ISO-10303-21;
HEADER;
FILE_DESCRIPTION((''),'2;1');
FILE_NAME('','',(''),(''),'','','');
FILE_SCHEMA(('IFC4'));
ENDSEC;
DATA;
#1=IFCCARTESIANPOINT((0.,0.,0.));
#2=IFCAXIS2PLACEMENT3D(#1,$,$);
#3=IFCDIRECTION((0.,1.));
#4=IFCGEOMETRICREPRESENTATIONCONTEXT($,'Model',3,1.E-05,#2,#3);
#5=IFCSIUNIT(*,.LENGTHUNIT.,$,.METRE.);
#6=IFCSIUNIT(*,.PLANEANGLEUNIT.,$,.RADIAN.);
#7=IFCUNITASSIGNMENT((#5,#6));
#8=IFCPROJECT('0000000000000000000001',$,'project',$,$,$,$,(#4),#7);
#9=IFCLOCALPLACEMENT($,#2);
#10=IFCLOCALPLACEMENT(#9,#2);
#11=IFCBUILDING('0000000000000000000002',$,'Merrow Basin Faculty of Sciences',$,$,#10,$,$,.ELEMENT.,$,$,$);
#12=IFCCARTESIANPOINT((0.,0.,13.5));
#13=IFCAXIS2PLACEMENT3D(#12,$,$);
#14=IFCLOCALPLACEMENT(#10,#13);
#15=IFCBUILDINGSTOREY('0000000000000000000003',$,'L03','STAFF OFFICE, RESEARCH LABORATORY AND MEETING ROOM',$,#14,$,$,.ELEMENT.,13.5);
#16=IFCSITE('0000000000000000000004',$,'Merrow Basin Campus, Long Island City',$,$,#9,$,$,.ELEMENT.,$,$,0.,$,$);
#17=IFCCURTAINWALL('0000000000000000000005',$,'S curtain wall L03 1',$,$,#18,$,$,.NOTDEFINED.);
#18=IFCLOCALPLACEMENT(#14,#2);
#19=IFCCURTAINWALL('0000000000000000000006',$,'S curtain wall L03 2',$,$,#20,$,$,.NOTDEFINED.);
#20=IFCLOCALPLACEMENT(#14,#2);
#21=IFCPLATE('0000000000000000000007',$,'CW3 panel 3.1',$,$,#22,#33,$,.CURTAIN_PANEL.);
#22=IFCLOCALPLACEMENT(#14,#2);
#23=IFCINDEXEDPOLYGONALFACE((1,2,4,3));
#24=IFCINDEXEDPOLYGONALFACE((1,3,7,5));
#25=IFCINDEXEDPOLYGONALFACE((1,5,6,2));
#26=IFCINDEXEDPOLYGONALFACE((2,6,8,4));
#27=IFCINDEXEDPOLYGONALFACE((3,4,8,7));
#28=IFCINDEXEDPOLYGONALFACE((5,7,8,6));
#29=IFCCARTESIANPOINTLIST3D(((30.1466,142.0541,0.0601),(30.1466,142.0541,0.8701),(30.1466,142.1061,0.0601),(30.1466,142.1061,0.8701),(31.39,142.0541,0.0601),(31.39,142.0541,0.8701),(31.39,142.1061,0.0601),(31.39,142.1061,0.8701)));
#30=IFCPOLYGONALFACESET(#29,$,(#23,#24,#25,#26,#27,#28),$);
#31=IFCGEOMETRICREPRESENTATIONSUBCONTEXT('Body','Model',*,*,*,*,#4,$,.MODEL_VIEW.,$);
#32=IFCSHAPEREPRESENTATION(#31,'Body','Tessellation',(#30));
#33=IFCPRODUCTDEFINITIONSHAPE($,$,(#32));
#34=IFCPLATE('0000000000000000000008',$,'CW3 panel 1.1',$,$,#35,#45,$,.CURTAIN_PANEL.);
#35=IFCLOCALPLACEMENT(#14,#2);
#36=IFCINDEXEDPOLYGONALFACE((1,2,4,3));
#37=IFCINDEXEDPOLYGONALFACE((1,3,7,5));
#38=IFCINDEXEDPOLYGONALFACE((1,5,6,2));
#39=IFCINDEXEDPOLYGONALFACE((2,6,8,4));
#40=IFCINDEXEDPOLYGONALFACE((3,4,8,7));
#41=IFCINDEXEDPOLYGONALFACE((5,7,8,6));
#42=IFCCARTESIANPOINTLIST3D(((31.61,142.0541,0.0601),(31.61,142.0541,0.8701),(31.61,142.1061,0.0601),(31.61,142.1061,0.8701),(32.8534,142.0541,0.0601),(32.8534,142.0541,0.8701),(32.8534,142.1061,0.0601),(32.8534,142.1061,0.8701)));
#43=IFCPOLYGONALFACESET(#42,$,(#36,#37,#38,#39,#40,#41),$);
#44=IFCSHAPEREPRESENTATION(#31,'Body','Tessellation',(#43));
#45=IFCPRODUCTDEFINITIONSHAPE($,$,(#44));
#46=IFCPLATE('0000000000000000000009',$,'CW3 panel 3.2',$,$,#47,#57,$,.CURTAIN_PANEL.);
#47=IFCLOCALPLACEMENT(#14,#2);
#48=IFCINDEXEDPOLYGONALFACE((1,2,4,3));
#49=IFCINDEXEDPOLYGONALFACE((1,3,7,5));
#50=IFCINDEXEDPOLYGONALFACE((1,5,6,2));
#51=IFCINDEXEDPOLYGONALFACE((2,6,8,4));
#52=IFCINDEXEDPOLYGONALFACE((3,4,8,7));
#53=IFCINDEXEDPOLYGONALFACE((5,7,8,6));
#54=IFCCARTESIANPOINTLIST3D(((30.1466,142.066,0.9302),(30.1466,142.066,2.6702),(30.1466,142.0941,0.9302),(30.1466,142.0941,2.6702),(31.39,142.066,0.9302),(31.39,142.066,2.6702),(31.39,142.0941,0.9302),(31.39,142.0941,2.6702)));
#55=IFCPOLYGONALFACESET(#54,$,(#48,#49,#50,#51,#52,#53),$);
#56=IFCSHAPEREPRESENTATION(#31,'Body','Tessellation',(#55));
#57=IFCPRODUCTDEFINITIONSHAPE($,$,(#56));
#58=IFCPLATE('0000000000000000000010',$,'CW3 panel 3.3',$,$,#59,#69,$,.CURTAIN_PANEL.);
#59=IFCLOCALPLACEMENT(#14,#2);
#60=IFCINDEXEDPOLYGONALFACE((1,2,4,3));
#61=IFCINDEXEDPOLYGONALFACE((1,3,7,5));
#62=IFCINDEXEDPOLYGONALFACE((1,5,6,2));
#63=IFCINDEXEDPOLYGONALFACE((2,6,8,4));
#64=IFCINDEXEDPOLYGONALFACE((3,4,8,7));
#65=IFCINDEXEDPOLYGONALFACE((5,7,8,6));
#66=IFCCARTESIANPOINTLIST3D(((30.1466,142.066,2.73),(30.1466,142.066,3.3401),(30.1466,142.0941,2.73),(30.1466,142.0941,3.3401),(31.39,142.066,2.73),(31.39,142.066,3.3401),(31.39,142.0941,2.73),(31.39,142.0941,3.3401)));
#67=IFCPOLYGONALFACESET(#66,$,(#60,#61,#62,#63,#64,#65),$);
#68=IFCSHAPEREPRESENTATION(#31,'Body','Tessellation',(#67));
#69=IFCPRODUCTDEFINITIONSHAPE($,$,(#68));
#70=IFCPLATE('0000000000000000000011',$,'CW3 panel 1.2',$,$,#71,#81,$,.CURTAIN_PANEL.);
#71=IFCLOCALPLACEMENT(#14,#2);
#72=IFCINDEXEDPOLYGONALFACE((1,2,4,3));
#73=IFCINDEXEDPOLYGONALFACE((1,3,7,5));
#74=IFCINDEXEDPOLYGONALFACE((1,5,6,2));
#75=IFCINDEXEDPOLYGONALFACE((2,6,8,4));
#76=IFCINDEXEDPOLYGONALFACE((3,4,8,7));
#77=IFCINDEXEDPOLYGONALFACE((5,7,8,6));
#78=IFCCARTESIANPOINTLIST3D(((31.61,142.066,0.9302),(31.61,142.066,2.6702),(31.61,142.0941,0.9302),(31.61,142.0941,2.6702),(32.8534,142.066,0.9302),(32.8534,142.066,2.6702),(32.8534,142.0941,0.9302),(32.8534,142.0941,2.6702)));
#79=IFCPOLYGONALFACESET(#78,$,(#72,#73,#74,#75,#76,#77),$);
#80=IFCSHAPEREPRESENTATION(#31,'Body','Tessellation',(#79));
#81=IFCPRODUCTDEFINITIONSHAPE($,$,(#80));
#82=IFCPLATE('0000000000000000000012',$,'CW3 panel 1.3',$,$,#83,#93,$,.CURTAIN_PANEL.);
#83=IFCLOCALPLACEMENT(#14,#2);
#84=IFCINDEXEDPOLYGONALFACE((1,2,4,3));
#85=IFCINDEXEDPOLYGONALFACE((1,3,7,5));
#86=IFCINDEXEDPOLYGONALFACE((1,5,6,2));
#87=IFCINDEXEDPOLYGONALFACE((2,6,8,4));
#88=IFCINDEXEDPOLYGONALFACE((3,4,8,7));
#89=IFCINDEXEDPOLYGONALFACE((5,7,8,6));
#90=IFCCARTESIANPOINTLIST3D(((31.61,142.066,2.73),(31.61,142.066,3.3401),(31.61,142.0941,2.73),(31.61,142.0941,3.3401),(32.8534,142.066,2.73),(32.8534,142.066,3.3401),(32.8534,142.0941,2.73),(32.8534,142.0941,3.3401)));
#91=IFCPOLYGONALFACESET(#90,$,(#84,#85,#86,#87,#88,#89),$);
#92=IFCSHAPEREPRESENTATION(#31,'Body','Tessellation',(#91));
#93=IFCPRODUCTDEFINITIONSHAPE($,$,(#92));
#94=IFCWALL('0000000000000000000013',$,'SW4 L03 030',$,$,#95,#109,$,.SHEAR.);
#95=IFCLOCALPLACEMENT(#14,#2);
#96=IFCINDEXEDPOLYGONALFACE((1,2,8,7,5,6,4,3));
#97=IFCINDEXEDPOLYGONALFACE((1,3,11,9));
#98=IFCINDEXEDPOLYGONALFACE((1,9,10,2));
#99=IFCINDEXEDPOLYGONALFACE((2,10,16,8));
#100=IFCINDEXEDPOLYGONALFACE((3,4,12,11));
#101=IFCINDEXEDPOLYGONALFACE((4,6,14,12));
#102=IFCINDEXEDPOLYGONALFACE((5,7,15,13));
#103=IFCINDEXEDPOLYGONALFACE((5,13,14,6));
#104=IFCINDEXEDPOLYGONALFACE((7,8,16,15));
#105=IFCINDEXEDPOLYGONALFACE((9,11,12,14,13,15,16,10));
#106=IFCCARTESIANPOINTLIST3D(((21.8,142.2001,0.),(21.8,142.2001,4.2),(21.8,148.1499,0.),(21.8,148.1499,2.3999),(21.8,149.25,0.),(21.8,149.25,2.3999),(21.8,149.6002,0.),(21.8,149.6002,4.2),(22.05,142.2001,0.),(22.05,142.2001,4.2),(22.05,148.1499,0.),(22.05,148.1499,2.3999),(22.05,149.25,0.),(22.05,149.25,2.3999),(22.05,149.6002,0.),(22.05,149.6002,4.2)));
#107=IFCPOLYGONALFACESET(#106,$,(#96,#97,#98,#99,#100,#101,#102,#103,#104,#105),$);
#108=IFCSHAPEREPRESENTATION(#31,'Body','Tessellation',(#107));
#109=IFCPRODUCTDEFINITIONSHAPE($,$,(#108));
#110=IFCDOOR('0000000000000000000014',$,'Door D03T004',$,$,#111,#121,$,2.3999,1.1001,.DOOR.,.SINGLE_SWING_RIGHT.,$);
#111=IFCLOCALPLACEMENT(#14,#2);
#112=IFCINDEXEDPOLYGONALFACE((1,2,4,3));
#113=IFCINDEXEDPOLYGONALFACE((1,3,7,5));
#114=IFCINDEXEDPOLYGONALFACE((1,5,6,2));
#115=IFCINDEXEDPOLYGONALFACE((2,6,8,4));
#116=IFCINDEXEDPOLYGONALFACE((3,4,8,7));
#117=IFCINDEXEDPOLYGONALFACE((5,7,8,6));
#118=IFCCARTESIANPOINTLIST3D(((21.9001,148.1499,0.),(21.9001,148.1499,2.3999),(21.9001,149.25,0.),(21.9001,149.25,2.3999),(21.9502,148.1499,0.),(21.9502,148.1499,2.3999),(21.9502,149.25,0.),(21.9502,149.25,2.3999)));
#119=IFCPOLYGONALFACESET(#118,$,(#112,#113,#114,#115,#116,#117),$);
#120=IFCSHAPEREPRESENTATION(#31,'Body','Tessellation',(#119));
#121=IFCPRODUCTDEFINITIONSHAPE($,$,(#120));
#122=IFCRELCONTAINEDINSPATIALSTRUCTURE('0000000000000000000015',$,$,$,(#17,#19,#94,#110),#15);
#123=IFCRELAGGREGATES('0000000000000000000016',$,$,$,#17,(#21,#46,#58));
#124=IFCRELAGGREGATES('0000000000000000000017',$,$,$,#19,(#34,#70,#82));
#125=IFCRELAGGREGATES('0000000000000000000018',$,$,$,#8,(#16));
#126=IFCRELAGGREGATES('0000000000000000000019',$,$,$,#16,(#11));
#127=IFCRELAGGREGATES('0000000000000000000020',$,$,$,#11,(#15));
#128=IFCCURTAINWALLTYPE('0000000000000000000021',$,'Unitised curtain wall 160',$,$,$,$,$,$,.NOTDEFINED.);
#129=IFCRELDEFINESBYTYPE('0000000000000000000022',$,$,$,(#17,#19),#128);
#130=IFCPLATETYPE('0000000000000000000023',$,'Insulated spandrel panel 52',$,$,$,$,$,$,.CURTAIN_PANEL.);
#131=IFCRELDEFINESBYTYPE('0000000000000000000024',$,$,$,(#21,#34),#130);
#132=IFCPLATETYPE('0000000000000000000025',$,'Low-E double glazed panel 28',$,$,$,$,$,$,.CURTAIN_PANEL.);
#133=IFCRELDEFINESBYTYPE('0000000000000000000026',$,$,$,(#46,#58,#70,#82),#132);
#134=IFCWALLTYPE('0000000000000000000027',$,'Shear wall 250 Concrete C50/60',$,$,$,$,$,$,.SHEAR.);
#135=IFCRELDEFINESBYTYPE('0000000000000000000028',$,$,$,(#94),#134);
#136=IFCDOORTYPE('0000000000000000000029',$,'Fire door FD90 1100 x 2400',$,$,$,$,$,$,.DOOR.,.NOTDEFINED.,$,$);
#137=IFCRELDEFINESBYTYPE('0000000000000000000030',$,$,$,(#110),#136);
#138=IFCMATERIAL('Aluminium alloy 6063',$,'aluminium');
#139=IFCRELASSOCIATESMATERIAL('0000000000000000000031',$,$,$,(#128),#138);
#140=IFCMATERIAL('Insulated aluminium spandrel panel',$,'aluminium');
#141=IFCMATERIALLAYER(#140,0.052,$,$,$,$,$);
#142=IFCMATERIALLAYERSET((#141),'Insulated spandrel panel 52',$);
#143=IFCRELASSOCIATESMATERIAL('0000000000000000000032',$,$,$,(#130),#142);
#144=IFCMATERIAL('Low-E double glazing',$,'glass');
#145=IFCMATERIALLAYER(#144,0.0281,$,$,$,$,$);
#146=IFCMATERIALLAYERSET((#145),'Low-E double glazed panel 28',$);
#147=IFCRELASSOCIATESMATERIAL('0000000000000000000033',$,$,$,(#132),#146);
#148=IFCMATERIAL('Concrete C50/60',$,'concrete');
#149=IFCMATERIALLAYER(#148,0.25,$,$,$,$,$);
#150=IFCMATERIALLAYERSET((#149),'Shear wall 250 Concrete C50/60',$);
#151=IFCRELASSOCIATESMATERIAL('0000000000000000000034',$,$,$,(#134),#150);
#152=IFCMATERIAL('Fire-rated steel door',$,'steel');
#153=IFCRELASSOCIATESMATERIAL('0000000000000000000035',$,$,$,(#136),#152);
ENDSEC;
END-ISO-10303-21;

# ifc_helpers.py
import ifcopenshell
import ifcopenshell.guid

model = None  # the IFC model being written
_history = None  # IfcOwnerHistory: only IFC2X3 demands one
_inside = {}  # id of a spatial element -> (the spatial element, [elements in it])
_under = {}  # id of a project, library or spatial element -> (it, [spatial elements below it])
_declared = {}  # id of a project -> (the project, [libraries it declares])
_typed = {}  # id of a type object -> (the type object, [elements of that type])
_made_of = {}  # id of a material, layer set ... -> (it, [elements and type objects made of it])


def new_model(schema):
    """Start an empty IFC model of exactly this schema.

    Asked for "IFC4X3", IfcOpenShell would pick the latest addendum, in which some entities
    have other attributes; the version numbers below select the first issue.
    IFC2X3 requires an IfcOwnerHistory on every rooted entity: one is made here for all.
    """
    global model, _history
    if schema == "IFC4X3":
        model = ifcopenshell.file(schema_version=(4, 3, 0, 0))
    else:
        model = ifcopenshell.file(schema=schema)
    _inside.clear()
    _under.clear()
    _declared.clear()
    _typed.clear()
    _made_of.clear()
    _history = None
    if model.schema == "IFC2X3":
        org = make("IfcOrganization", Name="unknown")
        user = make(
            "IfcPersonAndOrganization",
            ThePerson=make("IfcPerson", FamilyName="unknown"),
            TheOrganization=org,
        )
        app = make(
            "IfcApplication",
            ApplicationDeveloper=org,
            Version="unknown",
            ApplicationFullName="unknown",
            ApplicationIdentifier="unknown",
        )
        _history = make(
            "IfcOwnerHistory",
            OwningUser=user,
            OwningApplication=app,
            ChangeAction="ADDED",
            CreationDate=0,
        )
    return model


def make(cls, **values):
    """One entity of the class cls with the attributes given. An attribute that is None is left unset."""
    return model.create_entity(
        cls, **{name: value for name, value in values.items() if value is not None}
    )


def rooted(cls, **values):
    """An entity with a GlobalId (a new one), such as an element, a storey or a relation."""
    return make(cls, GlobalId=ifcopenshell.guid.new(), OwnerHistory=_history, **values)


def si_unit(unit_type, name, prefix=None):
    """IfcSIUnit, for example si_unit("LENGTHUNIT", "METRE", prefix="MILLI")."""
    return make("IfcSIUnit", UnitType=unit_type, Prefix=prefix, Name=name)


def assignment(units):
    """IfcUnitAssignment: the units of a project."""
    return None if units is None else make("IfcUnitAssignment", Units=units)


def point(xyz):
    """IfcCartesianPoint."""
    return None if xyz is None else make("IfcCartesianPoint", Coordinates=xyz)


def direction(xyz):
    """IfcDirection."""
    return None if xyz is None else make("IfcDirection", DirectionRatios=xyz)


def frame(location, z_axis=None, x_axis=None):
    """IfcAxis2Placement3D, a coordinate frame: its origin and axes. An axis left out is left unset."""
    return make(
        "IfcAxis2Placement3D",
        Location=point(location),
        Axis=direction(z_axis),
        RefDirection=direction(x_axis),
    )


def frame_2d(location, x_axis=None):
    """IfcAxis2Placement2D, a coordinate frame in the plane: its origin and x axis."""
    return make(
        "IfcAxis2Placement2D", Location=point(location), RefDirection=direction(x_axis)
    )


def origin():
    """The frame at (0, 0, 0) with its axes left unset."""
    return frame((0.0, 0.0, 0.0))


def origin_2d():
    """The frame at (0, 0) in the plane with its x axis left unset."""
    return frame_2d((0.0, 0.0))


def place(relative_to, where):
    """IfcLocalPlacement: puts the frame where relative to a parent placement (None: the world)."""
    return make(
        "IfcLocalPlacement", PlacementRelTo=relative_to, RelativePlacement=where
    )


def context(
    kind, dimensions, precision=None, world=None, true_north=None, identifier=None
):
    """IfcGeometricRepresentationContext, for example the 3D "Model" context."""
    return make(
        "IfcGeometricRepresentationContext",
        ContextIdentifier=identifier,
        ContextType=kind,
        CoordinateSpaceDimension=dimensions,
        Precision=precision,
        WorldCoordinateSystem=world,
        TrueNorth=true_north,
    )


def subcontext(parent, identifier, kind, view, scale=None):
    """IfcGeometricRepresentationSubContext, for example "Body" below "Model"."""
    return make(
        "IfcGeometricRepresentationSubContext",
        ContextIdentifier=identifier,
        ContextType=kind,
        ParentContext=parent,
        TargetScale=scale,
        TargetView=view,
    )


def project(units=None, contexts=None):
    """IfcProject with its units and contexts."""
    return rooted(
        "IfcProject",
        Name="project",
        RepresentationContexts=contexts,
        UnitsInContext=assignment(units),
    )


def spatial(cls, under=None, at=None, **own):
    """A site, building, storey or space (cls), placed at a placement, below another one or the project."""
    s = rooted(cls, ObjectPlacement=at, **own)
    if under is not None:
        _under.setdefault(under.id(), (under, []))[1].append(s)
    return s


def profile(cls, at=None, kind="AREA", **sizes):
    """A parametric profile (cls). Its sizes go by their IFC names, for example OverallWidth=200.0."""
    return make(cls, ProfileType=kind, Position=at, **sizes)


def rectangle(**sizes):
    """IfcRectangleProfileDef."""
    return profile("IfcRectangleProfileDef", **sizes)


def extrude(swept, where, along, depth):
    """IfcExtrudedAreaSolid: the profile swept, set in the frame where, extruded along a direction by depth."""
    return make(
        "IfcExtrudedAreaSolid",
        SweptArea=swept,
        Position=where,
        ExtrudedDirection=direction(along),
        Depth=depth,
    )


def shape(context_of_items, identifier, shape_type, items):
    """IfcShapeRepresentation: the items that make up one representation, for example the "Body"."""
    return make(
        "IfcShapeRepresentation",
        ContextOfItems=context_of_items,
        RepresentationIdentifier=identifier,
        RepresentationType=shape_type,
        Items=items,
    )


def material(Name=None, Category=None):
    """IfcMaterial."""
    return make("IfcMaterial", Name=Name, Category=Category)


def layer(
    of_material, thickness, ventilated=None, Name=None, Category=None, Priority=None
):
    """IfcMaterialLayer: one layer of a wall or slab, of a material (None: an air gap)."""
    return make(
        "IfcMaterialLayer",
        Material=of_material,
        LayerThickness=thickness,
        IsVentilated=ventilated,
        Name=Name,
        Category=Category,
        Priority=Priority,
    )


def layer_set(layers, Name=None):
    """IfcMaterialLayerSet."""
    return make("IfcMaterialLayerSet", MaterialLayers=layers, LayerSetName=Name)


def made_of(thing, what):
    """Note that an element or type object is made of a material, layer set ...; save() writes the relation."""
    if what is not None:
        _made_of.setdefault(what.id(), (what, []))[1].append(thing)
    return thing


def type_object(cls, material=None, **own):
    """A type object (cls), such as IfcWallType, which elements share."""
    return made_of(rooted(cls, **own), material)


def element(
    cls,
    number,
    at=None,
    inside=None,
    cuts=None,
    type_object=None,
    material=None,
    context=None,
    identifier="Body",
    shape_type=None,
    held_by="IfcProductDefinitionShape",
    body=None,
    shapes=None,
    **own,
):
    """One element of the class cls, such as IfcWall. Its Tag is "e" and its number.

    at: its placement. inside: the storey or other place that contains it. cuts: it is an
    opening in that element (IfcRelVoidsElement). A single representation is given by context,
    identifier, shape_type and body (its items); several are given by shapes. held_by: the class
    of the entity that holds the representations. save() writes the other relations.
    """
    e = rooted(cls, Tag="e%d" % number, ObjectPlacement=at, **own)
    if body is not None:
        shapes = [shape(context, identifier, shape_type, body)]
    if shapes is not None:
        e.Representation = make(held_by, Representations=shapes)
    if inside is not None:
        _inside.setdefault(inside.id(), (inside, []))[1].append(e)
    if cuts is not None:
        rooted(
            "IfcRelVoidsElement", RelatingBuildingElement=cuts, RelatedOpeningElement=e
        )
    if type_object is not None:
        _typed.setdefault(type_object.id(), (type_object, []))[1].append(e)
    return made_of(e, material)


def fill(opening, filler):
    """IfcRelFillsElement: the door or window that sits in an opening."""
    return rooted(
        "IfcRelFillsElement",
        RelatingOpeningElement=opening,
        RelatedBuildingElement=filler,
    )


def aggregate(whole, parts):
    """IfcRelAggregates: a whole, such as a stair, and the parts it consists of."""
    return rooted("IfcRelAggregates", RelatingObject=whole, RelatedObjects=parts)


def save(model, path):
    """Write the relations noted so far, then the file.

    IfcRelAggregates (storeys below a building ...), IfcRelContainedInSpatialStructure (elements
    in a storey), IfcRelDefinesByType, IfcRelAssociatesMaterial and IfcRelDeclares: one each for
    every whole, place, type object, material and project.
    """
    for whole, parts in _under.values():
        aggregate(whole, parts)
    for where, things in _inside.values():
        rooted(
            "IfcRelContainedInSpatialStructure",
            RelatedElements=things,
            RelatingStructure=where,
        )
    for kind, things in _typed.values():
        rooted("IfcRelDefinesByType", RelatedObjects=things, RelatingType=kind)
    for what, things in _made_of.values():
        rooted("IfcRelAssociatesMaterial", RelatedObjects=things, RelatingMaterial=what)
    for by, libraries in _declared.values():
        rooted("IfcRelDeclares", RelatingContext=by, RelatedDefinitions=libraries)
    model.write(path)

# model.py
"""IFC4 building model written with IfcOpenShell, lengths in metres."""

from ifc_helpers import new_model, si_unit, direction, frame, frame_2d, origin, origin_2d, place, context, subcontext, project, spatial, rectangle, extrude, material, layer, layer_set, type_object, element, fill, aggregate, save


model = new_model("IFC4")

# Units and contexts
model_context = context("Model", 3, precision=1e-05, world=origin(), true_north=direction((0.0, 1.0)))
body_context = subcontext(model_context, "Body", "Model", "MODEL_VIEW")
ifc_project = project(units=[si_unit("LENGTHUNIT", "METRE"), si_unit("PLANEANGLEUNIT", "RADIAN")], contexts=[model_context])

# Site, building, storey
site_placement = place(None, origin())
site = spatial("IfcSite", under=ifc_project, at=site_placement, Name="Merrow Basin Campus, Long Island City", CompositionType="ELEMENT", RefElevation=0.0)
building_placement = place(site_placement, origin())
building = spatial("IfcBuilding", under=site, at=building_placement, Name="Merrow Basin Faculty of Sciences", CompositionType="ELEMENT")
storey_placement = place(building_placement, frame((0.0, 0.0, 13.5)))
storey = spatial("IfcBuildingStorey", under=building, at=storey_placement, Name="L03", Description="STAFF OFFICE, RESEARCH LABORATORY AND MEETING ROOM", CompositionType="ELEMENT", Elevation=13.5)

# Curtain wall
ifc_material_1 = material(Name="Aluminium alloy 6063", Category="aluminium")
curtain_wall_type = type_object("IfcCurtainWallType", Name="Unitised curtain wall 160", PredefinedType="NOTDEFINED", material=ifc_material_1)
curtain_wall_1_placement = place(storey_placement, origin())
curtain_wall_1 = element("IfcCurtainWall", 1, at=curtain_wall_1_placement, inside=storey, type_object=curtain_wall_type, Name="S curtain wall L03 1", PredefinedType="NOTDEFINED")

# Curtain wall
curtain_wall_2_placement = place(storey_placement, origin())
curtain_wall_2 = element("IfcCurtainWall", 2, at=curtain_wall_2_placement, inside=storey, type_object=curtain_wall_type, Name="S curtain wall L03 2", PredefinedType="NOTDEFINED")

# Plates
ifc_material_2 = material(Name="Insulated aluminium spandrel panel", Category="aluminium")
ifc_layer_1 = layer(ifc_material_2, 0.052)
ifc_layer_set_1 = layer_set([ifc_layer_1], Name="Insulated spandrel panel 52")
plate_type_1 = type_object("IfcPlateType", Name="Insulated spandrel panel 52", PredefinedType="CURTAIN_PANEL", material=ifc_layer_set_1)
plate_1_placement = place(storey_placement, frame((30.7683, 142.0801, 0.0601), z_axis=(0.0, 0.0, 1.0), x_axis=(1.0, 0.0, 0.0)))
plate_1 = element("IfcPlate", 3, at=plate_1_placement, type_object=plate_type_1, Name="CW3 panel 3.1", PredefinedType="CURTAIN_PANEL", context=body_context, shape_type="SweptSolid", body=[
    extrude(rectangle(XDim=1.2434, YDim=0.052, at=origin_2d()), origin(), (0.0, 0.0, 1.0), 0.8101),
])
plate_2_placement = place(storey_placement, frame((32.2317, 142.0801, 0.0601), z_axis=(0.0, 0.0, 1.0), x_axis=(1.0, 0.0, 0.0)))
plate_2 = element("IfcPlate", 4, at=plate_2_placement, type_object=plate_type_1, Name="CW3 panel 1.1", PredefinedType="CURTAIN_PANEL", context=body_context, shape_type="SweptSolid", body=[
    extrude(rectangle(XDim=1.2434, YDim=0.052, at=origin_2d()), origin(), (0.0, 0.0, 1.0), 0.8101),
])
ifc_material_3 = material(Name="Low-E double glazing", Category="glass")
ifc_layer_2 = layer(ifc_material_3, 0.0281)
ifc_layer_set_2 = layer_set([ifc_layer_2], Name="Low-E double glazed panel 28")
plate_type_2 = type_object("IfcPlateType", Name="Low-E double glazed panel 28", PredefinedType="CURTAIN_PANEL", material=ifc_layer_set_2)
plate_3_placement = place(storey_placement, frame((30.7683, 142.0801, 0.9302), z_axis=(0.0, 0.0, 1.0), x_axis=(1.0, 0.0, 0.0)))
plate_3 = element("IfcPlate", 5, at=plate_3_placement, type_object=plate_type_2, Name="CW3 panel 3.2", PredefinedType="CURTAIN_PANEL", context=body_context, shape_type="SweptSolid", body=[
    extrude(rectangle(XDim=1.2434, YDim=0.0281, at=origin_2d()), origin(), (0.0, 0.0, 1.0), 1.74),
])
plate_4_placement = place(storey_placement, frame((30.7683, 142.0801, 2.73), z_axis=(0.0, 0.0, 1.0), x_axis=(1.0, 0.0, 0.0)))
plate_4 = element("IfcPlate", 6, at=plate_4_placement, type_object=plate_type_2, Name="CW3 panel 3.3", PredefinedType="CURTAIN_PANEL", context=body_context, shape_type="SweptSolid", body=[
    extrude(rectangle(XDim=1.2434, YDim=0.0281, at=origin_2d()), origin(), (0.0, 0.0, 1.0), 0.6101),
])
aggregate(curtain_wall_1, [plate_1, plate_3, plate_4])
plate_5_placement = place(storey_placement, frame((32.2317, 142.0801, 0.9302), z_axis=(0.0, 0.0, 1.0), x_axis=(1.0, 0.0, 0.0)))
plate_5 = element("IfcPlate", 7, at=plate_5_placement, type_object=plate_type_2, Name="CW3 panel 1.2", PredefinedType="CURTAIN_PANEL", context=body_context, shape_type="SweptSolid", body=[
    extrude(rectangle(XDim=1.2434, YDim=0.0281, at=origin_2d()), origin(), (0.0, 0.0, 1.0), 1.74),
])
plate_6_placement = place(storey_placement, frame((32.2317, 142.0801, 2.73), z_axis=(0.0, 0.0, 1.0), x_axis=(1.0, 0.0, 0.0)))
plate_6 = element("IfcPlate", 8, at=plate_6_placement, type_object=plate_type_2, Name="CW3 panel 1.3", PredefinedType="CURTAIN_PANEL", context=body_context, shape_type="SweptSolid", body=[
    extrude(rectangle(XDim=1.2434, YDim=0.0281, at=origin_2d()), origin(), (0.0, 0.0, 1.0), 0.6101),
])
aggregate(curtain_wall_2, [plate_2, plate_5, plate_6])

# Wall, opening, door
ifc_material_4 = material(Name="Concrete C50/60", Category="concrete")
ifc_layer_3 = layer(ifc_material_4, 0.25)
ifc_layer_set_3 = layer_set([ifc_layer_3], Name="Shear wall 250 Concrete C50/60")
wall_type = type_object("IfcWallType", Name="Shear wall 250 Concrete C50/60", PredefinedType="SHEAR", material=ifc_layer_set_3)
wall_placement = place(storey_placement, frame((21.925, 142.2, 0.0), z_axis=(0.0, 0.0, 1.0), x_axis=(0.0, 1.0, 0.0)))
wall = element("IfcWall", 9, at=wall_placement, inside=storey, type_object=wall_type, Name="SW4 L03 030", PredefinedType="SHEAR", context=body_context, shape_type="SweptSolid", body=[
    extrude(rectangle(XDim=7.4001, YDim=0.25, at=frame_2d((3.7002, 0.0))), origin(), (0.0, 0.0, 1.0), 4.2),
])
opening_placement = place(wall_placement, frame((5.95, 0.0, 0.0)))
opening = element("IfcOpeningElement", 10, at=opening_placement, cuts=wall, PredefinedType="OPENING", context=body_context, shape_type="SweptSolid", body=[
    extrude(rectangle(XDim=1.1001, YDim=2.3999, at=frame_2d((0.55, 1.2))), frame((0.0, 0.135, 0.0), z_axis=(0.0, -1.0, 0.0), x_axis=(1.0, 0.0, 0.0)), (0.0, 0.0, 1.0), 0.27),
])
ifc_material_5 = material(Name="Fire-rated steel door", Category="steel")
door_type = type_object("IfcDoorType", Name="Fire door FD90 1100 x 2400", OperationType="NOTDEFINED", PredefinedType="DOOR", material=ifc_material_5)
door_placement = place(opening_placement, origin())
door = element("IfcDoor", 11, at=door_placement, inside=storey, type_object=door_type, Name="Door D03T004", OperationType="SINGLE_SWING_RIGHT", OverallHeight=2.3999, OverallWidth=1.1001, PredefinedType="DOOR", context=body_context, shape_type="SweptSolid", body=[
    extrude(rectangle(XDim=1.1001, YDim=2.3999, at=frame_2d((0.55, 1.2))), frame((0.0, 0.0249, 0.0), z_axis=(0.0, -1.0, 0.0), x_axis=(1.0, 0.0, 0.0)), (0.0, 0.0, 1.0), 0.05),
])
fill(opening, door)

save(model, "model.ifc")
